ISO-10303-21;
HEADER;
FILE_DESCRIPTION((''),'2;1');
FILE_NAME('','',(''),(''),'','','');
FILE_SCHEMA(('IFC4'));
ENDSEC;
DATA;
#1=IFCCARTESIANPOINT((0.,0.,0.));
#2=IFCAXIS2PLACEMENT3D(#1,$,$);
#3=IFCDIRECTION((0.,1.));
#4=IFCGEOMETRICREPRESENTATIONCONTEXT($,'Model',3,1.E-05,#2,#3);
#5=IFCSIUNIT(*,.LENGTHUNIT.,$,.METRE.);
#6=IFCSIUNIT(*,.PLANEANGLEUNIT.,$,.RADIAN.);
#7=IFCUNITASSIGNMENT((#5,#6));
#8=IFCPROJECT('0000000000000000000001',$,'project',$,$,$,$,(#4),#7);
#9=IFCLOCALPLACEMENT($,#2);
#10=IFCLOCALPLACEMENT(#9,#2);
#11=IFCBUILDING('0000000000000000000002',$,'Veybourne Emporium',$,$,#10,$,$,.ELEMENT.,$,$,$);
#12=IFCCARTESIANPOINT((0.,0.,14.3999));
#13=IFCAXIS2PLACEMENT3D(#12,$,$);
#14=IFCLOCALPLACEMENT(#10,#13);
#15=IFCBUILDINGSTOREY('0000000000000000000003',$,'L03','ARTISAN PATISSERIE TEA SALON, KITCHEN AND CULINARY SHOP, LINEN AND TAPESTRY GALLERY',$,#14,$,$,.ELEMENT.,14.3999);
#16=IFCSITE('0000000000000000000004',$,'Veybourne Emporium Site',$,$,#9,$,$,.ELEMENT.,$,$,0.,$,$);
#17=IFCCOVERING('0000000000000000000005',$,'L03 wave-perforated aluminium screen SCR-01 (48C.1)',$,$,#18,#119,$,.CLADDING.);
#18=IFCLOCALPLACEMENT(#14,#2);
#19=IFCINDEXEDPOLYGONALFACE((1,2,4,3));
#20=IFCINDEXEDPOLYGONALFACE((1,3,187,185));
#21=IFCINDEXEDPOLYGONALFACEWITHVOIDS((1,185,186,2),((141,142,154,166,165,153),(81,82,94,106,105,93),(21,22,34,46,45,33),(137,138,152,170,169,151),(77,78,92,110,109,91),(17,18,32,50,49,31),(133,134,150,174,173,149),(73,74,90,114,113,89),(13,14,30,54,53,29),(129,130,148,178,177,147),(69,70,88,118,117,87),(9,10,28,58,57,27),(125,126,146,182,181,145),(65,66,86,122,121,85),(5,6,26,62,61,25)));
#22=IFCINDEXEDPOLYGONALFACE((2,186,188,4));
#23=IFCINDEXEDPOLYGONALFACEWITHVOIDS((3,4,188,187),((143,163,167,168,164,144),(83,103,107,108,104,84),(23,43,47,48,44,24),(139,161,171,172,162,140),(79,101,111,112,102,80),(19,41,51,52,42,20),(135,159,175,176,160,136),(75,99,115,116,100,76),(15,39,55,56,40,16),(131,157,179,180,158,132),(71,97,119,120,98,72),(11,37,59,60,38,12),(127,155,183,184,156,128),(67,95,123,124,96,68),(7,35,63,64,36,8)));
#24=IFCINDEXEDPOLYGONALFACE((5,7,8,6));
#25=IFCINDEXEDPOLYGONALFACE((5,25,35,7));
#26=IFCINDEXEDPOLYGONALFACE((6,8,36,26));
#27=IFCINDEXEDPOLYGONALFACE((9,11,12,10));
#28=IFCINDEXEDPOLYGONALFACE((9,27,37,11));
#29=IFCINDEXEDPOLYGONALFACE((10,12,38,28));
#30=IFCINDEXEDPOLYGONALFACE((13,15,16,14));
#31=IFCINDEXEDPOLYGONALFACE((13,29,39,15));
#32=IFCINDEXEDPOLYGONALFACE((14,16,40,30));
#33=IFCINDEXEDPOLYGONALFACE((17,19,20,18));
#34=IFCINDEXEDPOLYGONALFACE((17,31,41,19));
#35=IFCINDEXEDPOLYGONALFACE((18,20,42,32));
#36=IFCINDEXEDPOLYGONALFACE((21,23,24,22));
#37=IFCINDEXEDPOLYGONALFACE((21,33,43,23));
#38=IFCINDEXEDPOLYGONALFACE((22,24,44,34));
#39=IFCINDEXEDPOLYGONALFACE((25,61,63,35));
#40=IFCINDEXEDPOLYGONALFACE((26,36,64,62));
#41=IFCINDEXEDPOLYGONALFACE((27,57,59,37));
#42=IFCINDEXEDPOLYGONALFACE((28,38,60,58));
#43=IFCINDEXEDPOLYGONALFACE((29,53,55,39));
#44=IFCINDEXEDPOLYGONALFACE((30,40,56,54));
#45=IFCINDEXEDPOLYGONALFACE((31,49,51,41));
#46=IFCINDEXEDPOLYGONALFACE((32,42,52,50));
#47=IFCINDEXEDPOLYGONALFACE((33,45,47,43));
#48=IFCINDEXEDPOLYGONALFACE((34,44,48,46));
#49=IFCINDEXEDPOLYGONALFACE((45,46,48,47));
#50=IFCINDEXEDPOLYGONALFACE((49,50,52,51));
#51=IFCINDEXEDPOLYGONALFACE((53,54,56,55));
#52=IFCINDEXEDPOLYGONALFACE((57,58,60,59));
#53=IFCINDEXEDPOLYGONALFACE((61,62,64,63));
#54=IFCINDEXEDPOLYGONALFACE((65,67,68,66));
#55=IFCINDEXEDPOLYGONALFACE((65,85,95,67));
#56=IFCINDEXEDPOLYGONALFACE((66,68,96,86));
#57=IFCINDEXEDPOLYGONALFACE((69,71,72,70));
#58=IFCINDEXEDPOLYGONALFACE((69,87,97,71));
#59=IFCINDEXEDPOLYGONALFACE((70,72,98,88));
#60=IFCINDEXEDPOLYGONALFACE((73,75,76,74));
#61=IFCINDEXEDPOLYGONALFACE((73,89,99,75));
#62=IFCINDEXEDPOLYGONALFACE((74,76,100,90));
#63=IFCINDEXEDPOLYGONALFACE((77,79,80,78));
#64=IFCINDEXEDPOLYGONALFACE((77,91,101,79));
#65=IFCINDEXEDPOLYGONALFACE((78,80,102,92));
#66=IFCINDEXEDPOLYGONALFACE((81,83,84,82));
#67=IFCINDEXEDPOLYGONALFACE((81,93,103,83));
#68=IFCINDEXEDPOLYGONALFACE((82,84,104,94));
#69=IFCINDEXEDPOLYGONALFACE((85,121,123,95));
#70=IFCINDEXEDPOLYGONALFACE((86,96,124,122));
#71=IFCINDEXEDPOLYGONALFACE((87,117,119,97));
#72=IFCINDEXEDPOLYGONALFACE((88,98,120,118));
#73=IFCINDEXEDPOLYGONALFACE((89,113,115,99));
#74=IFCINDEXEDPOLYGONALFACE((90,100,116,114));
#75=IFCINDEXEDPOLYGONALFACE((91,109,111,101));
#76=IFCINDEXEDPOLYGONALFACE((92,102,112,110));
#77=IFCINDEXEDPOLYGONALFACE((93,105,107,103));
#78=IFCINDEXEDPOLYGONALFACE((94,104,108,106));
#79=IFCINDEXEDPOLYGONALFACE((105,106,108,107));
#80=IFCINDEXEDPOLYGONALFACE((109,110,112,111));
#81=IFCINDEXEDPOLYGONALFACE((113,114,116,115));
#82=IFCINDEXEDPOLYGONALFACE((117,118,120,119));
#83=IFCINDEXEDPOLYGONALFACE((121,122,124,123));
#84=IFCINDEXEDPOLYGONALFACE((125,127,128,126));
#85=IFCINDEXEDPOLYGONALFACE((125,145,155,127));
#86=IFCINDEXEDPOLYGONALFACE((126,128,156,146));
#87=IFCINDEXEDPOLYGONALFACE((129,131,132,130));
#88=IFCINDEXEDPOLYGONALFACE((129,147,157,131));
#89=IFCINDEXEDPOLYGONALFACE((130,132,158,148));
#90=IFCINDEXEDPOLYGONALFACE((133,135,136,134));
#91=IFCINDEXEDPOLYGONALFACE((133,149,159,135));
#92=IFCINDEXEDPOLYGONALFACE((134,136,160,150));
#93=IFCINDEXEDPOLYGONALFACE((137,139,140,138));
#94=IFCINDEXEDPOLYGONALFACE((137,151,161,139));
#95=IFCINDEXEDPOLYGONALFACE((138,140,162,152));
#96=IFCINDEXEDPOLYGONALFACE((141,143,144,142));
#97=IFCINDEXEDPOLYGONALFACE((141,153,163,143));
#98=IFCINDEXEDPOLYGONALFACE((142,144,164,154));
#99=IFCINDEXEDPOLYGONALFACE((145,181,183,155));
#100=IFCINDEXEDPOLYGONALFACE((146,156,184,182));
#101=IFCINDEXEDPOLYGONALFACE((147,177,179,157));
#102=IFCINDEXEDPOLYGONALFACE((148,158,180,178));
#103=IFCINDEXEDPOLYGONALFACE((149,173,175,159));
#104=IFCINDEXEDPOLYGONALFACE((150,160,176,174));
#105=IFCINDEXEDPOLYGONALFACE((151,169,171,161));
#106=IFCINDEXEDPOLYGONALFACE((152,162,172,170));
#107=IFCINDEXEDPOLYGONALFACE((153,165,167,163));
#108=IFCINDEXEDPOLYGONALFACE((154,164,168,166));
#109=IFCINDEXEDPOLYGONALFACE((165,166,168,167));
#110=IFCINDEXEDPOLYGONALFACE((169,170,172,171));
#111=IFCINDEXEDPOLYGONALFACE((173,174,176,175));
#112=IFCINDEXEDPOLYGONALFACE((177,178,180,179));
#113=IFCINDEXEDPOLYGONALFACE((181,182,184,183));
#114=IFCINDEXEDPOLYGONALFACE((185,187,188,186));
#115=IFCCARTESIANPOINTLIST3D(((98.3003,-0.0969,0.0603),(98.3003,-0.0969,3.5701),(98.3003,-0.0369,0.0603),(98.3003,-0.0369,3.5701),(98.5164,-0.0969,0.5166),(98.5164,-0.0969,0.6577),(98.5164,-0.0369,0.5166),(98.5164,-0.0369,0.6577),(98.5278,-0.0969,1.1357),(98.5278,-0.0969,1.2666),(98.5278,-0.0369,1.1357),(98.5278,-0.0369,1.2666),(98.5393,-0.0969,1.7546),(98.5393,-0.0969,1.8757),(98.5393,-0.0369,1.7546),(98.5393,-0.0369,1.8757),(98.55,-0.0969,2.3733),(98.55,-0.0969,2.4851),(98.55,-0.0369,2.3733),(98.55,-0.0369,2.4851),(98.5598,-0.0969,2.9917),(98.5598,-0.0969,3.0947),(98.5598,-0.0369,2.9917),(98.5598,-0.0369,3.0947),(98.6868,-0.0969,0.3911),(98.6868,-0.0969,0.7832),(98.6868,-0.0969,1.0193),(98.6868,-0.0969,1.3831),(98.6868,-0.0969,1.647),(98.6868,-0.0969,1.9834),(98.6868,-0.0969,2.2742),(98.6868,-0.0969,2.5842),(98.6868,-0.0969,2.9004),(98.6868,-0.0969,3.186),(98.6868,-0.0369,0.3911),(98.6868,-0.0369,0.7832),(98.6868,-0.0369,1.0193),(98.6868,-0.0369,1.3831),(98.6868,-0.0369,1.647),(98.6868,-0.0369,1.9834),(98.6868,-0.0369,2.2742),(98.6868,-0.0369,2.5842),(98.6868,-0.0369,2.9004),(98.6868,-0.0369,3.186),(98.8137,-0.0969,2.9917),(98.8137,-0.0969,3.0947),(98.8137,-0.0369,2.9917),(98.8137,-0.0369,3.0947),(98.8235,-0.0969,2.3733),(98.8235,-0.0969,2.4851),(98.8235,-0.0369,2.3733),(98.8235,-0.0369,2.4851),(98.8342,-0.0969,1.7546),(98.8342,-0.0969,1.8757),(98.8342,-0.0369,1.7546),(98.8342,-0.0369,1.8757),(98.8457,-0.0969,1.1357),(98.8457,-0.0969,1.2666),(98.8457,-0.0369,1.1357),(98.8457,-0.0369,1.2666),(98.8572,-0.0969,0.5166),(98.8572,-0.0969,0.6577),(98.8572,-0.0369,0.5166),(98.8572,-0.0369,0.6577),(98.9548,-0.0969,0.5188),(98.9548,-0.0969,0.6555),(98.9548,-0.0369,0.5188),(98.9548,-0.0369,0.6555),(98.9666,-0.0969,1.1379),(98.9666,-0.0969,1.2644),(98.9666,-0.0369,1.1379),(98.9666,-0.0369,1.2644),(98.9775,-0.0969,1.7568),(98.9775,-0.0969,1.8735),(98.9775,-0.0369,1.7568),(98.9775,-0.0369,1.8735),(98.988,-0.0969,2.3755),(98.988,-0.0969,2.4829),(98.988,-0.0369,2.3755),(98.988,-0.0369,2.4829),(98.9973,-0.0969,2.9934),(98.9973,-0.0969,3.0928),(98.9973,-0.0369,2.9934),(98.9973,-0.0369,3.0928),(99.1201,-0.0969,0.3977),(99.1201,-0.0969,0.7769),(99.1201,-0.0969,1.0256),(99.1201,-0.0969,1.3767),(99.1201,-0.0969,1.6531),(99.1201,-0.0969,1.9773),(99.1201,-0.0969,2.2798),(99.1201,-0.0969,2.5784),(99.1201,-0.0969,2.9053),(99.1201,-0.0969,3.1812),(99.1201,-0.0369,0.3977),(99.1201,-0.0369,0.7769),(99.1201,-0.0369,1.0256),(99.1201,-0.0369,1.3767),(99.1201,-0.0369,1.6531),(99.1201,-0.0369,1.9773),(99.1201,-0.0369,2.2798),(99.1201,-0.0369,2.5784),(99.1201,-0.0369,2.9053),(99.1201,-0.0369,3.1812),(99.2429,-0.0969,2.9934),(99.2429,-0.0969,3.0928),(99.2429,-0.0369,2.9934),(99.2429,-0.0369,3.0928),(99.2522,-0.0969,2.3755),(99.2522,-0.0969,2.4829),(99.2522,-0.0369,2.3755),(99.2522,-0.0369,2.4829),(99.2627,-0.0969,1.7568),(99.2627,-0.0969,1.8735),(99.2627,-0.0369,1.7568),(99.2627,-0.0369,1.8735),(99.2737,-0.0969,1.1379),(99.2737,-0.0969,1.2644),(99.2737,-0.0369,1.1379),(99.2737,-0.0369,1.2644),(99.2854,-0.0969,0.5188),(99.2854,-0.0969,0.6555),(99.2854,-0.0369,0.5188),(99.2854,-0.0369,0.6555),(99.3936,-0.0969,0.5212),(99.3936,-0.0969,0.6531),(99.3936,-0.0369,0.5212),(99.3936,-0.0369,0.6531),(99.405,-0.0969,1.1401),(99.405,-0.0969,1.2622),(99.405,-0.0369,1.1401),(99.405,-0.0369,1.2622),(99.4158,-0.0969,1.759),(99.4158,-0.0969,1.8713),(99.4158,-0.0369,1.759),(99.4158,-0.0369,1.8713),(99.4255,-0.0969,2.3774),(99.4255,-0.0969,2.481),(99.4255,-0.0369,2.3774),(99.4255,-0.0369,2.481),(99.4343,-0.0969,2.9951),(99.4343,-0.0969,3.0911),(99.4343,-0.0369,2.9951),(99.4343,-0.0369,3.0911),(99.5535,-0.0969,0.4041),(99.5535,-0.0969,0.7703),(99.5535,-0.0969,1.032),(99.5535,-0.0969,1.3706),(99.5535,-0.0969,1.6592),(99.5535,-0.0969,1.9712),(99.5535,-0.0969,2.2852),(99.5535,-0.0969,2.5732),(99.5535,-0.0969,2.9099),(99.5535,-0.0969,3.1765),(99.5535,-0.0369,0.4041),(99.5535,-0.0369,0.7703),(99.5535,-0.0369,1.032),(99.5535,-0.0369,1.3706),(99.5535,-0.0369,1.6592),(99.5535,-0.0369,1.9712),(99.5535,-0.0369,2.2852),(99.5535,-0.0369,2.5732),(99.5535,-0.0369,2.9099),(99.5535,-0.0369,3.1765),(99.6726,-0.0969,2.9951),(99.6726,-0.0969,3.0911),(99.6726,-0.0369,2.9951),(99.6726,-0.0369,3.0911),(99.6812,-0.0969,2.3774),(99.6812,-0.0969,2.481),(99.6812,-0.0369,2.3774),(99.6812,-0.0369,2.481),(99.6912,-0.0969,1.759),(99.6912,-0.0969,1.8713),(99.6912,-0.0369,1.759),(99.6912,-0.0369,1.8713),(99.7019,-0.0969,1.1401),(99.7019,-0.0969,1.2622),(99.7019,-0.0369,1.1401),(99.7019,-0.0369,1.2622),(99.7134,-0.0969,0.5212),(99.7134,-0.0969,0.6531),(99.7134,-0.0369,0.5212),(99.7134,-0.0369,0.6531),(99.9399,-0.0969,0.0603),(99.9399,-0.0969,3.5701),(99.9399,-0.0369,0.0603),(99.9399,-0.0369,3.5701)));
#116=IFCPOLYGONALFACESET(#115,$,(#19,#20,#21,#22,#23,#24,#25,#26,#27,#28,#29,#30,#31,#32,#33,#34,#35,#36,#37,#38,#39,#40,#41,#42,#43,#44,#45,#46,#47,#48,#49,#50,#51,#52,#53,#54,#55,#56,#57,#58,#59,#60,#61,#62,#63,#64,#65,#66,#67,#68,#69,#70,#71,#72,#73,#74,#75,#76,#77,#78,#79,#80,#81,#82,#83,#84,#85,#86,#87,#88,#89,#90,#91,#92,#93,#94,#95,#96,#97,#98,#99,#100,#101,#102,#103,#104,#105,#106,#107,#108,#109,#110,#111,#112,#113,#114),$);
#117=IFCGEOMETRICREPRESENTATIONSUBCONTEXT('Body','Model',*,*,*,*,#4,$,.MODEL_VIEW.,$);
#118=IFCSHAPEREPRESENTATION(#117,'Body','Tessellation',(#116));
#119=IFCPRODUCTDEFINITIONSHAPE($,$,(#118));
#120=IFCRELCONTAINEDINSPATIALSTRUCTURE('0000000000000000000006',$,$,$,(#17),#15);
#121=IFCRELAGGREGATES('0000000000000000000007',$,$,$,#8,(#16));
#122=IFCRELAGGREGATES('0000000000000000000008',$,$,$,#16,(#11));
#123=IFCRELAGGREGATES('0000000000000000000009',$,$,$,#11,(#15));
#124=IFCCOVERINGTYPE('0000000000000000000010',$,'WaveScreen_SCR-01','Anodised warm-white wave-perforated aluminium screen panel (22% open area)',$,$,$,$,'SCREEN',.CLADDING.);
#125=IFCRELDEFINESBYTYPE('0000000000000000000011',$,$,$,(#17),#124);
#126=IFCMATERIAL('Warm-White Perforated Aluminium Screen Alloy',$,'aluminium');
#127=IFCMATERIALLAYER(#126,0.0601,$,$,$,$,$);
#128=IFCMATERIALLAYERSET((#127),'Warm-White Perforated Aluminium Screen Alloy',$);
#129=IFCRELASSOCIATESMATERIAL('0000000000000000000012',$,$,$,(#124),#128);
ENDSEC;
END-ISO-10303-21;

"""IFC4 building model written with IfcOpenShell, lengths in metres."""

from ifc_helpers import new_model, si_unit, direction, frame, origin, place, context, subcontext, project, spatial, polyline, outline, extrude, material, layer, layer_set, type_object, element, save


model = new_model("IFC4")

# Units and contexts
model_context = context("Model", 3, precision=1e-05, world=origin(), true_north=direction((0.0, 1.0)))
body_context = subcontext(model_context, "Body", "Model", "MODEL_VIEW")
ifc_project = project(units=[si_unit("LENGTHUNIT", "METRE"), si_unit("PLANEANGLEUNIT", "RADIAN")], contexts=[model_context])

# Site, building, storey
site_placement = place(None, origin())
site = spatial("IfcSite", under=ifc_project, at=site_placement, Name="Veybourne Emporium Site", CompositionType="ELEMENT", RefElevation=0.0)
building_placement = place(site_placement, origin())
building = spatial("IfcBuilding", under=site, at=building_placement, Name="Veybourne Emporium", CompositionType="ELEMENT")
storey_placement = place(building_placement, frame((0.0, 0.0, 14.3999)))
storey = spatial("IfcBuildingStorey", under=building, at=storey_placement, Name="L03", Description="ARTISAN PATISSERIE TEA SALON, KITCHEN AND CULINARY SHOP, LINEN AND TAPESTRY GALLERY", CompositionType="ELEMENT", Elevation=14.3999)

# Covering
ifc_material_1 = material(Name="Warm-White Perforated Aluminium Screen Alloy", Category="aluminium")
ifc_layer_1 = layer(ifc_material_1, 0.0601)
ifc_layer_set_1 = layer_set([ifc_layer_1], Name="Warm-White Perforated Aluminium Screen Alloy")
covering_type_1 = type_object("IfcCoveringType", Name="WaveScreen_SCR-01", Description="Anodised warm-white wave-perforated aluminium screen panel (22% open area)", ElementType="SCREEN", PredefinedType="CLADDING", material=ifc_layer_set_1)
covering_1_placement = place(storey_placement, frame((99.1201, -0.0969, 1.8152), z_axis=(0.0, 1.0, 0.0), x_axis=(-1.0, 0.0, 0.0)))
element("IfcCovering", 1, at=covering_1_placement, inside=storey, type_object=covering_type_1, Name="L03 wave-perforated aluminium screen SCR-01 (48C.1)", PredefinedType="CLADDING", context=body_context, shape_type="SweptSolid", body=[
    extrude(outline(polyline([(-0.8198, -1.7549), (0.8198, -1.7549), (0.8198, 1.7549), (-0.8198, 1.7549), (-0.8198, -1.7549)]), holes=[polyline([(-0.4333, -1.0449), (-0.2734, -1.1621), (-0.2734, -1.2939), (-0.4333, -1.4111), (-0.5933, -1.2939), (-0.5933, -1.1621), (-0.4333, -1.0449)]), polyline([(-0.4333, -0.4446), (-0.2849, -0.553), (-0.2849, -0.675), (-0.4333, -0.7832), (-0.5818, -0.675), (-0.5818, -0.553), (-0.4333, -0.4446)]), polyline([(-0.4333, 0.156), (-0.2957, 0.0562), (-0.2957, -0.0562), (-0.4333, -0.156), (-0.571, -0.0562), (-0.571, 0.0562), (-0.4333, 0.156)]), polyline([(-0.4333, 0.7581), (-0.3054, 0.6658), (-0.3054, 0.5623), (-0.4333, 0.47), (-0.561, 0.5623), (-0.561, 0.6658), (-0.4333, 0.7581)]), polyline([(-0.4333, 1.3613), (-0.3142, 1.2759), (-0.3142, 1.1799), (-0.4333, 1.0947), (-0.5525, 1.1799), (-0.5525, 1.2759), (-0.4333, 1.3613)]), polyline([(0.0, -1.0383), (0.1653, -1.1597), (0.1653, -1.2964), (0.0, -1.4175), (-0.1653, -1.2964), (-0.1653, -1.1597), (0.0, -1.0383)]), polyline([(0.0, -0.4385), (0.1536, -0.5508), (0.1536, -0.6772), (0.0, -0.7896), (-0.1536, -0.6772), (-0.1536, -0.5508), (0.0, -0.4385)]), polyline([(0.0, 0.1621), (0.1426, 0.0583), (0.1426, -0.0583), (0.0, -0.1621), (-0.1426, -0.0583), (-0.1426, 0.0583), (0.0, 0.1621)]), polyline([(0.0, 0.7632), (0.1321, 0.6677), (0.1321, 0.5603), (0.0, 0.4646), (-0.1321, 0.5603), (-0.1321, 0.6677), (0.0, 0.7632)]), polyline([(0.0, 1.366), (0.1228, 1.2776), (0.1228, 1.1782), (0.0, 1.0901), (-0.1228, 1.1782), (-0.1228, 1.2776), (0.0, 1.366)]), polyline([(0.4333, -1.032), (0.6038, -1.1575), (0.6038, -1.2986), (0.4333, -1.4241), (0.2629, -1.2986), (0.2629, -1.1575), (0.4333, -1.032)]), polyline([(0.4333, -0.4321), (0.5923, -0.5486), (0.5923, -0.6794), (0.4333, -0.7959), (0.2744, -0.6794), (0.2744, -0.5486), (0.4333, -0.4321)]), polyline([(0.4333, 0.1682), (0.5808, 0.0605), (0.5808, -0.0605), (0.4333, -0.1682), (0.2859, -0.0605), (0.2859, 0.0605), (0.4333, 0.1682)]), polyline([(0.4333, 0.769), (0.5701, 0.6699), (0.5701, 0.5581), (0.4333, 0.459), (0.2966, 0.5581), (0.2966, 0.6699), (0.4333, 0.769)]), polyline([(0.4333, 1.3708), (0.5603, 1.2795), (0.5603, 1.1765), (0.4333, 1.0852), (0.3064, 1.1765), (0.3064, 1.2795), (0.4333, 1.3708)])]), origin(), (0.0, 0.0, 1.0), 0.0601),
])

save(model, "model.ifc")
